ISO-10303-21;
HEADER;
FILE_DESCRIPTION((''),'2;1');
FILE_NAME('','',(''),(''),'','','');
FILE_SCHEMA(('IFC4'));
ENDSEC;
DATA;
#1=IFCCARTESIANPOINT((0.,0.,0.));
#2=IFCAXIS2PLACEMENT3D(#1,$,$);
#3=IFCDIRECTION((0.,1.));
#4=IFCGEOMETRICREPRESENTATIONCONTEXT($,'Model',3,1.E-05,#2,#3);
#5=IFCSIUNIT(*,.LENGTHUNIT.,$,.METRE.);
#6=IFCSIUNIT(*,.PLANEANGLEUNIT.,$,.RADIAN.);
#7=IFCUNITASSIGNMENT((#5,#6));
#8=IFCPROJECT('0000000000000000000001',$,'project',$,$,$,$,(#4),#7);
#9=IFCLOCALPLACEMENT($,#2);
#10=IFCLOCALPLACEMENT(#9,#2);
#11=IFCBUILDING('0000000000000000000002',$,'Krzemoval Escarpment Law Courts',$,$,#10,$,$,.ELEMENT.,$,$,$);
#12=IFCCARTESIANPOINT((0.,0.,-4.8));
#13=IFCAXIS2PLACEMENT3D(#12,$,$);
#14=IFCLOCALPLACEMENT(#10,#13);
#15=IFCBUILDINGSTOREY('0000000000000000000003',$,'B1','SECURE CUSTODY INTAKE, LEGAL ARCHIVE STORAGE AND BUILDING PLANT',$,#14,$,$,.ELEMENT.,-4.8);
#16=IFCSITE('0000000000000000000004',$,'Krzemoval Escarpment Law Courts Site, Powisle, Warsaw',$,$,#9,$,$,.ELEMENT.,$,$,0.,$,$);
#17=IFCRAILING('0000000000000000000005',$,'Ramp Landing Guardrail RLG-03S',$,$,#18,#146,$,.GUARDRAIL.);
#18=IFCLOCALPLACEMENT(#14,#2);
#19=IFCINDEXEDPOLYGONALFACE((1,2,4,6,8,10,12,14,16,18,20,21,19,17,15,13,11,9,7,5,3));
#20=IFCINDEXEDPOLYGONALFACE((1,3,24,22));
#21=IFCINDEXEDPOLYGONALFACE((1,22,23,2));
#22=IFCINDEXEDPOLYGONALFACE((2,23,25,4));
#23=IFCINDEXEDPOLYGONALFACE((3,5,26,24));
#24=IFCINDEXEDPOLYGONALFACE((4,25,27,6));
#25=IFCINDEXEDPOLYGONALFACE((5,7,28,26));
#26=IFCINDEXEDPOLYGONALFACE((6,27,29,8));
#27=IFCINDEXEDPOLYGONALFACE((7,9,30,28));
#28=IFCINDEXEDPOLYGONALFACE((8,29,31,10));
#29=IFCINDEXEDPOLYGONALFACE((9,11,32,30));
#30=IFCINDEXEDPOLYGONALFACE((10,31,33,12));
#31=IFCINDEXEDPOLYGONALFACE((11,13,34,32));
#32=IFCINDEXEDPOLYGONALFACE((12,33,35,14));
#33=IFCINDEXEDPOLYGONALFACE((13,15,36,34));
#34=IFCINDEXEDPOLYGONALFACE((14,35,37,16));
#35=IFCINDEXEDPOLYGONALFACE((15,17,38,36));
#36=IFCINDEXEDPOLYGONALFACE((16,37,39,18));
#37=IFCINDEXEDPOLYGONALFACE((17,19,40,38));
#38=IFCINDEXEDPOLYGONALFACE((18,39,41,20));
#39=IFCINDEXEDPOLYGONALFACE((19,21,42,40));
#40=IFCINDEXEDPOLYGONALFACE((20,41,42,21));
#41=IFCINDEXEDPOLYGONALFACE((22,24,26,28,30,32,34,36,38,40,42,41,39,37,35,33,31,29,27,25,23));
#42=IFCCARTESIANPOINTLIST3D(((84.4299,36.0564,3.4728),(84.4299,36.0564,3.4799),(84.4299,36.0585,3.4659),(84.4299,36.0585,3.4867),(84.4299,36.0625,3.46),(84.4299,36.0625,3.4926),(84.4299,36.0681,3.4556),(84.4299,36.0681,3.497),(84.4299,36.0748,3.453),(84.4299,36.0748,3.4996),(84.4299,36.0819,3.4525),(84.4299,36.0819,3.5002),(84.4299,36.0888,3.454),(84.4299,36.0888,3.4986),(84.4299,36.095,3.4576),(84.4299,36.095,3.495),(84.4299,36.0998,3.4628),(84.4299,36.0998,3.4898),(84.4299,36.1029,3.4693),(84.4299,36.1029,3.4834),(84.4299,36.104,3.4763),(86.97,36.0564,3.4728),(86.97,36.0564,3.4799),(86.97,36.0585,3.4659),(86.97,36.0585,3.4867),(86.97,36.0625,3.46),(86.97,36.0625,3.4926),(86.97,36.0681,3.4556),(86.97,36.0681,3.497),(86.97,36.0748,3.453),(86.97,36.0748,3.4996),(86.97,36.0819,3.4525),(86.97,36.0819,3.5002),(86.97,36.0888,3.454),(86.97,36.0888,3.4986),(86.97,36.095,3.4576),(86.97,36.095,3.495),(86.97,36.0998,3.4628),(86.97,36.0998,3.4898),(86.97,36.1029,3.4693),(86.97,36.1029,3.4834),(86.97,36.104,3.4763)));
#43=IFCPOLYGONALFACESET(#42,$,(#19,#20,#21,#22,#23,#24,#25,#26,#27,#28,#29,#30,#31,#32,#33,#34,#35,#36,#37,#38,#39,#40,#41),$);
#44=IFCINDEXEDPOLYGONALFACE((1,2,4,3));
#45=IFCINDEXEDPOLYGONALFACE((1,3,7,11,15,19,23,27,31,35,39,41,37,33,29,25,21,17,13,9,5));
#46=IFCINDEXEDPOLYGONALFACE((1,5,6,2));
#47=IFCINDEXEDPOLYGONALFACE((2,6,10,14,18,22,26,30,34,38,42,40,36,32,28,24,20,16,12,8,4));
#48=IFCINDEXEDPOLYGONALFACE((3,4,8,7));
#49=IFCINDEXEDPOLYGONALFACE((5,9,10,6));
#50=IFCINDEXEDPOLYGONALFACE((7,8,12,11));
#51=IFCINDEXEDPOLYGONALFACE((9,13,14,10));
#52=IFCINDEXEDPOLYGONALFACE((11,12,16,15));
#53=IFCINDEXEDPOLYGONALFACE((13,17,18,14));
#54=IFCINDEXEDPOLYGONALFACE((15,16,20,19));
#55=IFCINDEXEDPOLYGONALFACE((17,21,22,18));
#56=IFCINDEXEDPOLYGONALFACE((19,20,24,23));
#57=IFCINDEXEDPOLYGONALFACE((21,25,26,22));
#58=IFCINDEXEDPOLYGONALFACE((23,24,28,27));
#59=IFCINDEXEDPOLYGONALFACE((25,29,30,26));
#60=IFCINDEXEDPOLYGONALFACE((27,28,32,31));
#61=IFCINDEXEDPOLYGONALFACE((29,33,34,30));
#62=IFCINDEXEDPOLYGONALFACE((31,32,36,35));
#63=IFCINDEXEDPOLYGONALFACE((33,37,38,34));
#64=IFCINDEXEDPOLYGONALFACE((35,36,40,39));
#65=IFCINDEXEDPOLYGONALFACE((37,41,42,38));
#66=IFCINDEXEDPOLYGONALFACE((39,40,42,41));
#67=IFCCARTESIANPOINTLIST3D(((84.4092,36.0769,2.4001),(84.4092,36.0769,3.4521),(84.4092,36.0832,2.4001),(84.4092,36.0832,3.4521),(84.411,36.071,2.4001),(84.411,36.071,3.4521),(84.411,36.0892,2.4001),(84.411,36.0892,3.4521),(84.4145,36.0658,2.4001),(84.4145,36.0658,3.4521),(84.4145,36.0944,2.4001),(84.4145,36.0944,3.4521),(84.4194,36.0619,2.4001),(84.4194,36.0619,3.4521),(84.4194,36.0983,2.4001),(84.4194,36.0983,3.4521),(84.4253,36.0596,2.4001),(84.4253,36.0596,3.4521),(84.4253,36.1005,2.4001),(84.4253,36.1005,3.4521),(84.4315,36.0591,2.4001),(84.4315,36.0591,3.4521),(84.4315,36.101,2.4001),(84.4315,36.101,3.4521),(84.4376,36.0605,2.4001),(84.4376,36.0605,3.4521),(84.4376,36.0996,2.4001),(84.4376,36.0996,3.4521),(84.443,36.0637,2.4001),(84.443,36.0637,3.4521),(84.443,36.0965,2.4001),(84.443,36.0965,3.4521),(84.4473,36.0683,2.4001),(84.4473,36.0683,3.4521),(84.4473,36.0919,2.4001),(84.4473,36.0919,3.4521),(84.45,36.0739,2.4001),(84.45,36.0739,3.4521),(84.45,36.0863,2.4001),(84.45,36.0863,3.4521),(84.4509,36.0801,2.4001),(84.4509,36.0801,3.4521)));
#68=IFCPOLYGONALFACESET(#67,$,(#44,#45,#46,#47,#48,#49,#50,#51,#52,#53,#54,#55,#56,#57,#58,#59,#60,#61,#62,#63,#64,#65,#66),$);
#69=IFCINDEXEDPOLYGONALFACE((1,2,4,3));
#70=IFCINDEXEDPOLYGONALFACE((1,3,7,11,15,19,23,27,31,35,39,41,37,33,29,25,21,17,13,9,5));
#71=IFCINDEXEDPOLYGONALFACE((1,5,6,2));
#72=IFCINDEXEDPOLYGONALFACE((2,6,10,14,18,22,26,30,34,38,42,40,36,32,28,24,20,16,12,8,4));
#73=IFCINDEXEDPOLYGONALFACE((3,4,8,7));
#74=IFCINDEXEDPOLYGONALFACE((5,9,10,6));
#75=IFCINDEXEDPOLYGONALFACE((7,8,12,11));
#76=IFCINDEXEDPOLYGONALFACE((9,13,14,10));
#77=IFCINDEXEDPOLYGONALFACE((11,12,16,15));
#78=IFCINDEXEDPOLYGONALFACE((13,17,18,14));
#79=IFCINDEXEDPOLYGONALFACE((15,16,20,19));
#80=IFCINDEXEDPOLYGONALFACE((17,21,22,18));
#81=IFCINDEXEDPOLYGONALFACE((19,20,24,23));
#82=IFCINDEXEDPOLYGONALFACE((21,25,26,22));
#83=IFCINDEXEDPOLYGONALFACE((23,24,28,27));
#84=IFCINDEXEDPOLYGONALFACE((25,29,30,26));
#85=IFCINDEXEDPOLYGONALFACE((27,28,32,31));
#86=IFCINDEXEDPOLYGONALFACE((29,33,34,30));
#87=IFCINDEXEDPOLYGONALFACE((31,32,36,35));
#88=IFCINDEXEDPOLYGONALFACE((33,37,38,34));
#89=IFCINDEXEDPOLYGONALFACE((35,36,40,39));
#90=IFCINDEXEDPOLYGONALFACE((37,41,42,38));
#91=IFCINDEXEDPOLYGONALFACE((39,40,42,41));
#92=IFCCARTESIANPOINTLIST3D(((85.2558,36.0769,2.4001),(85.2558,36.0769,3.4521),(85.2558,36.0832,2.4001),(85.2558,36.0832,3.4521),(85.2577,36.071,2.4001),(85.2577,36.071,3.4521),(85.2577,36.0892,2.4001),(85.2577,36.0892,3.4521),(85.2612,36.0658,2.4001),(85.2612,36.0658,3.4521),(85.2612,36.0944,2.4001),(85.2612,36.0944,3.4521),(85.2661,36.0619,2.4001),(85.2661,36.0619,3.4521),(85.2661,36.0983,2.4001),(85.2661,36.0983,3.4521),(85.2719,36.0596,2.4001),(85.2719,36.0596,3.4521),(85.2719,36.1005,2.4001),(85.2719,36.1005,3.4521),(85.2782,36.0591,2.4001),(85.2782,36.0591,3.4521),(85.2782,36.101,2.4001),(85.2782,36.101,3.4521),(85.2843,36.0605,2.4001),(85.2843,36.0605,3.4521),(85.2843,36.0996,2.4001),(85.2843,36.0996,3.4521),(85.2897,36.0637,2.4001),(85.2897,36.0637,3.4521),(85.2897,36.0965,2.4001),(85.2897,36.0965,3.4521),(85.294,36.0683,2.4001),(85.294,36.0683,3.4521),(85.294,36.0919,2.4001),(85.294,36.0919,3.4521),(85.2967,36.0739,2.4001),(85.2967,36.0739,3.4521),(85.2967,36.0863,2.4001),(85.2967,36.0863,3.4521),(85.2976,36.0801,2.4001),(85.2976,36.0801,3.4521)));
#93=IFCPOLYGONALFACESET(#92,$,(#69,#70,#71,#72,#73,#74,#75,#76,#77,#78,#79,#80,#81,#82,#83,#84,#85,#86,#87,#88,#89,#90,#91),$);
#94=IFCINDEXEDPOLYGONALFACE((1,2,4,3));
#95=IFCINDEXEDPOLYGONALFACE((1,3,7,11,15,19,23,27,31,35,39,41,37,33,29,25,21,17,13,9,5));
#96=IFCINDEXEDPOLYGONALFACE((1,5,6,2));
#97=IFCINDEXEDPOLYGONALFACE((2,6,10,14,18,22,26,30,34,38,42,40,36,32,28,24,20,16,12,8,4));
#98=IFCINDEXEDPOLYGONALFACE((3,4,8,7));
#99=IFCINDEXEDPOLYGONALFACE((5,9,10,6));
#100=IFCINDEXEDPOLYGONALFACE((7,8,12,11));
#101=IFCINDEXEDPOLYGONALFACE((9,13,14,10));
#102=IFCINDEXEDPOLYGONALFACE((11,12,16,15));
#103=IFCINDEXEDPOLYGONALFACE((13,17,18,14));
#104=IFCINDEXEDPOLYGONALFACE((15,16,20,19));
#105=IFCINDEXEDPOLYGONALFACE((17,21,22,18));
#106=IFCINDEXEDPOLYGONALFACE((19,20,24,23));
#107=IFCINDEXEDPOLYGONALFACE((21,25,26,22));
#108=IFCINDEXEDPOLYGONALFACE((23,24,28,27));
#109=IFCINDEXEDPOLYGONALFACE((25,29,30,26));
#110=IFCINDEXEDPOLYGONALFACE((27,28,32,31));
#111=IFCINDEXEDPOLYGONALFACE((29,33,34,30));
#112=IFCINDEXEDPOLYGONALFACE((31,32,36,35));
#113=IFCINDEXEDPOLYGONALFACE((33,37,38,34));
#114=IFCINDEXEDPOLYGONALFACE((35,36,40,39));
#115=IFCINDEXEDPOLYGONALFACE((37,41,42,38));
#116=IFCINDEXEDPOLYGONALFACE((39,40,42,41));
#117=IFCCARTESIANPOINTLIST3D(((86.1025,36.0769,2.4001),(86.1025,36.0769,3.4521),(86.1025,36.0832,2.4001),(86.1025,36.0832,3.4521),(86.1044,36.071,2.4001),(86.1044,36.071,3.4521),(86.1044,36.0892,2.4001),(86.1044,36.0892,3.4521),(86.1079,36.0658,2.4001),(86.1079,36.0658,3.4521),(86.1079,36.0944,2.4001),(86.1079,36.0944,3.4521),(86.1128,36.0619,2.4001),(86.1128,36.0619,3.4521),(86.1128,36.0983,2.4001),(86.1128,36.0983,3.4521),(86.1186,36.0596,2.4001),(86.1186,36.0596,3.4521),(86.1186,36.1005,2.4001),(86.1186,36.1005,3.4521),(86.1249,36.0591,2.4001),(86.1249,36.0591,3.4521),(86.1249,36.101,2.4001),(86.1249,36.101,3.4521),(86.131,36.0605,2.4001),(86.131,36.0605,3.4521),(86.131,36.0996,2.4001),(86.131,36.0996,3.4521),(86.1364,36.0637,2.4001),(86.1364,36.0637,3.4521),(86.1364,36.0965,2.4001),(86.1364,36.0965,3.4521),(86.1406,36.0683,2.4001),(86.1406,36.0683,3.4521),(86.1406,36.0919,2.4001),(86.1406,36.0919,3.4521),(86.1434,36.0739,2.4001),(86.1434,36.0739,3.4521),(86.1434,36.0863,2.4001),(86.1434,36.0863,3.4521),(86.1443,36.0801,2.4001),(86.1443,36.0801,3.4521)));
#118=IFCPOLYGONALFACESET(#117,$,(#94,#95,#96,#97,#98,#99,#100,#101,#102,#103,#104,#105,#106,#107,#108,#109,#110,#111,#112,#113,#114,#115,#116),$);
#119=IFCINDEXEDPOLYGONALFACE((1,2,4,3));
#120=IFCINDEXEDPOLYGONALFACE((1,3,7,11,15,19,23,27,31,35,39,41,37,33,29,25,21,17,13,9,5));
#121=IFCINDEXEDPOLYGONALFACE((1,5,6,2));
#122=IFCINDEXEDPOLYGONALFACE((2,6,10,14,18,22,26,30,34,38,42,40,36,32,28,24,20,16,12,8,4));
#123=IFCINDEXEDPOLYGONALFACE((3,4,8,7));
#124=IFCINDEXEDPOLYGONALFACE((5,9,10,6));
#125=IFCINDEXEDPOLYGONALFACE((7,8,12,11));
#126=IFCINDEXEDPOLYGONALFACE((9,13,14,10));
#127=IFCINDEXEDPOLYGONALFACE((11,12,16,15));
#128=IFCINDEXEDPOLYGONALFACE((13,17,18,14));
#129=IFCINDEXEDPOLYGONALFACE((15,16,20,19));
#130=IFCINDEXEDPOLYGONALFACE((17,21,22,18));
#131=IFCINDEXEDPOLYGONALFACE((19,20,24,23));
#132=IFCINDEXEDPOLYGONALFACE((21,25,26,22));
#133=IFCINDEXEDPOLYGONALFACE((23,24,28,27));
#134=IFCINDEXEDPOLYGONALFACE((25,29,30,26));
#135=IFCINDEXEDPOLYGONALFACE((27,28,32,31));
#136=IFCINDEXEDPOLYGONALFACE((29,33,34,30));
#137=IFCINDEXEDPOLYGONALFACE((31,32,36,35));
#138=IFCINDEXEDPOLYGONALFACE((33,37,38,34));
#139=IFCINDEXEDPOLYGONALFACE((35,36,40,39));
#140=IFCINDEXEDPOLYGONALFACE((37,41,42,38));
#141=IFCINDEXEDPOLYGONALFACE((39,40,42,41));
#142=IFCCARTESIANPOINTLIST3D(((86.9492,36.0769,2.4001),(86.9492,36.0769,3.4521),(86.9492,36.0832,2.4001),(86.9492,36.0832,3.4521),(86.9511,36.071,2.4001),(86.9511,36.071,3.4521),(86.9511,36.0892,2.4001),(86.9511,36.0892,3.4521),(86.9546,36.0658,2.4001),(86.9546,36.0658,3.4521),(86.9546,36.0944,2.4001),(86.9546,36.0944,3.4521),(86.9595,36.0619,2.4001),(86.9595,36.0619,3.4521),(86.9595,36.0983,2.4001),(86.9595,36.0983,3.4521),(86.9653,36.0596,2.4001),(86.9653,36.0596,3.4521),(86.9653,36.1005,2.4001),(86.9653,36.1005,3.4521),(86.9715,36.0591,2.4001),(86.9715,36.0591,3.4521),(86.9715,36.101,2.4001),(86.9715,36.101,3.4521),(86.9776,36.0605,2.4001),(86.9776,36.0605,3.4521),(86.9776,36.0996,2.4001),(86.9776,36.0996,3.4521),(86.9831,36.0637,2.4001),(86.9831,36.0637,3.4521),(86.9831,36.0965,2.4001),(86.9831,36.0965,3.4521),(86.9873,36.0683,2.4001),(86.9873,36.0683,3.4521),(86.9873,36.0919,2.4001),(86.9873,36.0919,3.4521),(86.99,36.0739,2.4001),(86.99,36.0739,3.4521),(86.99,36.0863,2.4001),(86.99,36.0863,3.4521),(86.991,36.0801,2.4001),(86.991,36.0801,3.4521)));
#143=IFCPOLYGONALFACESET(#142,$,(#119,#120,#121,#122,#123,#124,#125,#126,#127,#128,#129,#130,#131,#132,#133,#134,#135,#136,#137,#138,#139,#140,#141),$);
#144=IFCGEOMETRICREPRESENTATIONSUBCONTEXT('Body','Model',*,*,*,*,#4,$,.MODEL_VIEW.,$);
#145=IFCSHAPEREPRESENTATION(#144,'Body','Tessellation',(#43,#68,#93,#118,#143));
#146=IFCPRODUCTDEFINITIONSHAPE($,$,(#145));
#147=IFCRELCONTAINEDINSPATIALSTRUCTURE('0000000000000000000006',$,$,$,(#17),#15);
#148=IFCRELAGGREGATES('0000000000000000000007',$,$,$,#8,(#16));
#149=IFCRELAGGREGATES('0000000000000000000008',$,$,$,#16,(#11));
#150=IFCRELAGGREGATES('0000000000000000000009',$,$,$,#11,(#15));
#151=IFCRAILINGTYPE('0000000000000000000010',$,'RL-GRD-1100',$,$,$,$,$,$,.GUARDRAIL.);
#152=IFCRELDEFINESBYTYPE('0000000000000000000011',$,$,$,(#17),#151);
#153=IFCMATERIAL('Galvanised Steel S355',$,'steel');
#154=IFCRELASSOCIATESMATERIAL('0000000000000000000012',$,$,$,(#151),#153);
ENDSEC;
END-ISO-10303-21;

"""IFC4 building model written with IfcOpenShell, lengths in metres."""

from ifc_helpers import new_model, si_unit, direction, frame, origin, origin_2d, place, context, subcontext, project, spatial, circle, extrude, material, type_object, element, save


model = new_model("IFC4")

# Units and contexts
model_context = context("Model", 3, precision=1e-05, world=origin(), true_north=direction((0.0, 1.0)))
body_context = subcontext(model_context, "Body", "Model", "MODEL_VIEW")
ifc_project = project(units=[si_unit("LENGTHUNIT", "METRE"), si_unit("PLANEANGLEUNIT", "RADIAN")], contexts=[model_context])

# Site, building, storey
site_placement = place(None, origin())
site = spatial("IfcSite", under=ifc_project, at=site_placement, Name="Krzemoval Escarpment Law Courts Site, Powisle, Warsaw", CompositionType="ELEMENT", RefElevation=0.0)
building_placement = place(site_placement, origin())
building = spatial("IfcBuilding", under=site, at=building_placement, Name="Krzemoval Escarpment Law Courts", CompositionType="ELEMENT")
storey_placement = place(building_placement, frame((0.0, 0.0, -4.8)))
storey = spatial("IfcBuildingStorey", under=building, at=storey_placement, Name="B1", Description="SECURE CUSTODY INTAKE, LEGAL ARCHIVE STORAGE AND BUILDING PLANT", CompositionType="ELEMENT", Elevation=-4.8)

# Railing
ifc_material_1 = material(Name="Galvanised Steel S355", Category="steel")
railing_type_1 = type_object("IfcRailingType", Name="RL-GRD-1100", PredefinedType="GUARDRAIL", material=ifc_material_1)
for number, where, name in (
    (1, (84.4299, 36.0801, 2.4001), "Ramp Landing Guardrail RLG-03S"),
):
    element("IfcRailing", number, at=place(storey_placement, frame(where)), inside=storey, type_object=railing_type_1, Name=name, PredefinedType="GUARDRAIL", context=body_context, shape_type="SweptSolid", body=[
        extrude(circle(Radius=0.0239, at=origin_2d()), frame((0.0, 0.0, 1.0762), z_axis=(1.0, 0.0, 0.0), x_axis=(0.0, 1.0, 0.0)), (0.0, 0.0, 1.0), 2.54),
        extrude(circle(Radius=0.021, at=origin_2d()), origin(), (0.0, 0.0, 1.0), 1.052),
        extrude(circle(Radius=0.021, at=origin_2d()), frame((0.8467, 0.0, 0.0)), (0.0, 0.0, 1.0), 1.052),
        extrude(circle(Radius=0.021, at=origin_2d()), frame((1.6934, 0.0, 0.0)), (0.0, 0.0, 1.0), 1.052),
        extrude(circle(Radius=0.021, at=origin_2d()), frame((2.54, 0.0, 0.0)), (0.0, 0.0, 1.0), 1.052),
    ])

save(model, "model.ifc")
